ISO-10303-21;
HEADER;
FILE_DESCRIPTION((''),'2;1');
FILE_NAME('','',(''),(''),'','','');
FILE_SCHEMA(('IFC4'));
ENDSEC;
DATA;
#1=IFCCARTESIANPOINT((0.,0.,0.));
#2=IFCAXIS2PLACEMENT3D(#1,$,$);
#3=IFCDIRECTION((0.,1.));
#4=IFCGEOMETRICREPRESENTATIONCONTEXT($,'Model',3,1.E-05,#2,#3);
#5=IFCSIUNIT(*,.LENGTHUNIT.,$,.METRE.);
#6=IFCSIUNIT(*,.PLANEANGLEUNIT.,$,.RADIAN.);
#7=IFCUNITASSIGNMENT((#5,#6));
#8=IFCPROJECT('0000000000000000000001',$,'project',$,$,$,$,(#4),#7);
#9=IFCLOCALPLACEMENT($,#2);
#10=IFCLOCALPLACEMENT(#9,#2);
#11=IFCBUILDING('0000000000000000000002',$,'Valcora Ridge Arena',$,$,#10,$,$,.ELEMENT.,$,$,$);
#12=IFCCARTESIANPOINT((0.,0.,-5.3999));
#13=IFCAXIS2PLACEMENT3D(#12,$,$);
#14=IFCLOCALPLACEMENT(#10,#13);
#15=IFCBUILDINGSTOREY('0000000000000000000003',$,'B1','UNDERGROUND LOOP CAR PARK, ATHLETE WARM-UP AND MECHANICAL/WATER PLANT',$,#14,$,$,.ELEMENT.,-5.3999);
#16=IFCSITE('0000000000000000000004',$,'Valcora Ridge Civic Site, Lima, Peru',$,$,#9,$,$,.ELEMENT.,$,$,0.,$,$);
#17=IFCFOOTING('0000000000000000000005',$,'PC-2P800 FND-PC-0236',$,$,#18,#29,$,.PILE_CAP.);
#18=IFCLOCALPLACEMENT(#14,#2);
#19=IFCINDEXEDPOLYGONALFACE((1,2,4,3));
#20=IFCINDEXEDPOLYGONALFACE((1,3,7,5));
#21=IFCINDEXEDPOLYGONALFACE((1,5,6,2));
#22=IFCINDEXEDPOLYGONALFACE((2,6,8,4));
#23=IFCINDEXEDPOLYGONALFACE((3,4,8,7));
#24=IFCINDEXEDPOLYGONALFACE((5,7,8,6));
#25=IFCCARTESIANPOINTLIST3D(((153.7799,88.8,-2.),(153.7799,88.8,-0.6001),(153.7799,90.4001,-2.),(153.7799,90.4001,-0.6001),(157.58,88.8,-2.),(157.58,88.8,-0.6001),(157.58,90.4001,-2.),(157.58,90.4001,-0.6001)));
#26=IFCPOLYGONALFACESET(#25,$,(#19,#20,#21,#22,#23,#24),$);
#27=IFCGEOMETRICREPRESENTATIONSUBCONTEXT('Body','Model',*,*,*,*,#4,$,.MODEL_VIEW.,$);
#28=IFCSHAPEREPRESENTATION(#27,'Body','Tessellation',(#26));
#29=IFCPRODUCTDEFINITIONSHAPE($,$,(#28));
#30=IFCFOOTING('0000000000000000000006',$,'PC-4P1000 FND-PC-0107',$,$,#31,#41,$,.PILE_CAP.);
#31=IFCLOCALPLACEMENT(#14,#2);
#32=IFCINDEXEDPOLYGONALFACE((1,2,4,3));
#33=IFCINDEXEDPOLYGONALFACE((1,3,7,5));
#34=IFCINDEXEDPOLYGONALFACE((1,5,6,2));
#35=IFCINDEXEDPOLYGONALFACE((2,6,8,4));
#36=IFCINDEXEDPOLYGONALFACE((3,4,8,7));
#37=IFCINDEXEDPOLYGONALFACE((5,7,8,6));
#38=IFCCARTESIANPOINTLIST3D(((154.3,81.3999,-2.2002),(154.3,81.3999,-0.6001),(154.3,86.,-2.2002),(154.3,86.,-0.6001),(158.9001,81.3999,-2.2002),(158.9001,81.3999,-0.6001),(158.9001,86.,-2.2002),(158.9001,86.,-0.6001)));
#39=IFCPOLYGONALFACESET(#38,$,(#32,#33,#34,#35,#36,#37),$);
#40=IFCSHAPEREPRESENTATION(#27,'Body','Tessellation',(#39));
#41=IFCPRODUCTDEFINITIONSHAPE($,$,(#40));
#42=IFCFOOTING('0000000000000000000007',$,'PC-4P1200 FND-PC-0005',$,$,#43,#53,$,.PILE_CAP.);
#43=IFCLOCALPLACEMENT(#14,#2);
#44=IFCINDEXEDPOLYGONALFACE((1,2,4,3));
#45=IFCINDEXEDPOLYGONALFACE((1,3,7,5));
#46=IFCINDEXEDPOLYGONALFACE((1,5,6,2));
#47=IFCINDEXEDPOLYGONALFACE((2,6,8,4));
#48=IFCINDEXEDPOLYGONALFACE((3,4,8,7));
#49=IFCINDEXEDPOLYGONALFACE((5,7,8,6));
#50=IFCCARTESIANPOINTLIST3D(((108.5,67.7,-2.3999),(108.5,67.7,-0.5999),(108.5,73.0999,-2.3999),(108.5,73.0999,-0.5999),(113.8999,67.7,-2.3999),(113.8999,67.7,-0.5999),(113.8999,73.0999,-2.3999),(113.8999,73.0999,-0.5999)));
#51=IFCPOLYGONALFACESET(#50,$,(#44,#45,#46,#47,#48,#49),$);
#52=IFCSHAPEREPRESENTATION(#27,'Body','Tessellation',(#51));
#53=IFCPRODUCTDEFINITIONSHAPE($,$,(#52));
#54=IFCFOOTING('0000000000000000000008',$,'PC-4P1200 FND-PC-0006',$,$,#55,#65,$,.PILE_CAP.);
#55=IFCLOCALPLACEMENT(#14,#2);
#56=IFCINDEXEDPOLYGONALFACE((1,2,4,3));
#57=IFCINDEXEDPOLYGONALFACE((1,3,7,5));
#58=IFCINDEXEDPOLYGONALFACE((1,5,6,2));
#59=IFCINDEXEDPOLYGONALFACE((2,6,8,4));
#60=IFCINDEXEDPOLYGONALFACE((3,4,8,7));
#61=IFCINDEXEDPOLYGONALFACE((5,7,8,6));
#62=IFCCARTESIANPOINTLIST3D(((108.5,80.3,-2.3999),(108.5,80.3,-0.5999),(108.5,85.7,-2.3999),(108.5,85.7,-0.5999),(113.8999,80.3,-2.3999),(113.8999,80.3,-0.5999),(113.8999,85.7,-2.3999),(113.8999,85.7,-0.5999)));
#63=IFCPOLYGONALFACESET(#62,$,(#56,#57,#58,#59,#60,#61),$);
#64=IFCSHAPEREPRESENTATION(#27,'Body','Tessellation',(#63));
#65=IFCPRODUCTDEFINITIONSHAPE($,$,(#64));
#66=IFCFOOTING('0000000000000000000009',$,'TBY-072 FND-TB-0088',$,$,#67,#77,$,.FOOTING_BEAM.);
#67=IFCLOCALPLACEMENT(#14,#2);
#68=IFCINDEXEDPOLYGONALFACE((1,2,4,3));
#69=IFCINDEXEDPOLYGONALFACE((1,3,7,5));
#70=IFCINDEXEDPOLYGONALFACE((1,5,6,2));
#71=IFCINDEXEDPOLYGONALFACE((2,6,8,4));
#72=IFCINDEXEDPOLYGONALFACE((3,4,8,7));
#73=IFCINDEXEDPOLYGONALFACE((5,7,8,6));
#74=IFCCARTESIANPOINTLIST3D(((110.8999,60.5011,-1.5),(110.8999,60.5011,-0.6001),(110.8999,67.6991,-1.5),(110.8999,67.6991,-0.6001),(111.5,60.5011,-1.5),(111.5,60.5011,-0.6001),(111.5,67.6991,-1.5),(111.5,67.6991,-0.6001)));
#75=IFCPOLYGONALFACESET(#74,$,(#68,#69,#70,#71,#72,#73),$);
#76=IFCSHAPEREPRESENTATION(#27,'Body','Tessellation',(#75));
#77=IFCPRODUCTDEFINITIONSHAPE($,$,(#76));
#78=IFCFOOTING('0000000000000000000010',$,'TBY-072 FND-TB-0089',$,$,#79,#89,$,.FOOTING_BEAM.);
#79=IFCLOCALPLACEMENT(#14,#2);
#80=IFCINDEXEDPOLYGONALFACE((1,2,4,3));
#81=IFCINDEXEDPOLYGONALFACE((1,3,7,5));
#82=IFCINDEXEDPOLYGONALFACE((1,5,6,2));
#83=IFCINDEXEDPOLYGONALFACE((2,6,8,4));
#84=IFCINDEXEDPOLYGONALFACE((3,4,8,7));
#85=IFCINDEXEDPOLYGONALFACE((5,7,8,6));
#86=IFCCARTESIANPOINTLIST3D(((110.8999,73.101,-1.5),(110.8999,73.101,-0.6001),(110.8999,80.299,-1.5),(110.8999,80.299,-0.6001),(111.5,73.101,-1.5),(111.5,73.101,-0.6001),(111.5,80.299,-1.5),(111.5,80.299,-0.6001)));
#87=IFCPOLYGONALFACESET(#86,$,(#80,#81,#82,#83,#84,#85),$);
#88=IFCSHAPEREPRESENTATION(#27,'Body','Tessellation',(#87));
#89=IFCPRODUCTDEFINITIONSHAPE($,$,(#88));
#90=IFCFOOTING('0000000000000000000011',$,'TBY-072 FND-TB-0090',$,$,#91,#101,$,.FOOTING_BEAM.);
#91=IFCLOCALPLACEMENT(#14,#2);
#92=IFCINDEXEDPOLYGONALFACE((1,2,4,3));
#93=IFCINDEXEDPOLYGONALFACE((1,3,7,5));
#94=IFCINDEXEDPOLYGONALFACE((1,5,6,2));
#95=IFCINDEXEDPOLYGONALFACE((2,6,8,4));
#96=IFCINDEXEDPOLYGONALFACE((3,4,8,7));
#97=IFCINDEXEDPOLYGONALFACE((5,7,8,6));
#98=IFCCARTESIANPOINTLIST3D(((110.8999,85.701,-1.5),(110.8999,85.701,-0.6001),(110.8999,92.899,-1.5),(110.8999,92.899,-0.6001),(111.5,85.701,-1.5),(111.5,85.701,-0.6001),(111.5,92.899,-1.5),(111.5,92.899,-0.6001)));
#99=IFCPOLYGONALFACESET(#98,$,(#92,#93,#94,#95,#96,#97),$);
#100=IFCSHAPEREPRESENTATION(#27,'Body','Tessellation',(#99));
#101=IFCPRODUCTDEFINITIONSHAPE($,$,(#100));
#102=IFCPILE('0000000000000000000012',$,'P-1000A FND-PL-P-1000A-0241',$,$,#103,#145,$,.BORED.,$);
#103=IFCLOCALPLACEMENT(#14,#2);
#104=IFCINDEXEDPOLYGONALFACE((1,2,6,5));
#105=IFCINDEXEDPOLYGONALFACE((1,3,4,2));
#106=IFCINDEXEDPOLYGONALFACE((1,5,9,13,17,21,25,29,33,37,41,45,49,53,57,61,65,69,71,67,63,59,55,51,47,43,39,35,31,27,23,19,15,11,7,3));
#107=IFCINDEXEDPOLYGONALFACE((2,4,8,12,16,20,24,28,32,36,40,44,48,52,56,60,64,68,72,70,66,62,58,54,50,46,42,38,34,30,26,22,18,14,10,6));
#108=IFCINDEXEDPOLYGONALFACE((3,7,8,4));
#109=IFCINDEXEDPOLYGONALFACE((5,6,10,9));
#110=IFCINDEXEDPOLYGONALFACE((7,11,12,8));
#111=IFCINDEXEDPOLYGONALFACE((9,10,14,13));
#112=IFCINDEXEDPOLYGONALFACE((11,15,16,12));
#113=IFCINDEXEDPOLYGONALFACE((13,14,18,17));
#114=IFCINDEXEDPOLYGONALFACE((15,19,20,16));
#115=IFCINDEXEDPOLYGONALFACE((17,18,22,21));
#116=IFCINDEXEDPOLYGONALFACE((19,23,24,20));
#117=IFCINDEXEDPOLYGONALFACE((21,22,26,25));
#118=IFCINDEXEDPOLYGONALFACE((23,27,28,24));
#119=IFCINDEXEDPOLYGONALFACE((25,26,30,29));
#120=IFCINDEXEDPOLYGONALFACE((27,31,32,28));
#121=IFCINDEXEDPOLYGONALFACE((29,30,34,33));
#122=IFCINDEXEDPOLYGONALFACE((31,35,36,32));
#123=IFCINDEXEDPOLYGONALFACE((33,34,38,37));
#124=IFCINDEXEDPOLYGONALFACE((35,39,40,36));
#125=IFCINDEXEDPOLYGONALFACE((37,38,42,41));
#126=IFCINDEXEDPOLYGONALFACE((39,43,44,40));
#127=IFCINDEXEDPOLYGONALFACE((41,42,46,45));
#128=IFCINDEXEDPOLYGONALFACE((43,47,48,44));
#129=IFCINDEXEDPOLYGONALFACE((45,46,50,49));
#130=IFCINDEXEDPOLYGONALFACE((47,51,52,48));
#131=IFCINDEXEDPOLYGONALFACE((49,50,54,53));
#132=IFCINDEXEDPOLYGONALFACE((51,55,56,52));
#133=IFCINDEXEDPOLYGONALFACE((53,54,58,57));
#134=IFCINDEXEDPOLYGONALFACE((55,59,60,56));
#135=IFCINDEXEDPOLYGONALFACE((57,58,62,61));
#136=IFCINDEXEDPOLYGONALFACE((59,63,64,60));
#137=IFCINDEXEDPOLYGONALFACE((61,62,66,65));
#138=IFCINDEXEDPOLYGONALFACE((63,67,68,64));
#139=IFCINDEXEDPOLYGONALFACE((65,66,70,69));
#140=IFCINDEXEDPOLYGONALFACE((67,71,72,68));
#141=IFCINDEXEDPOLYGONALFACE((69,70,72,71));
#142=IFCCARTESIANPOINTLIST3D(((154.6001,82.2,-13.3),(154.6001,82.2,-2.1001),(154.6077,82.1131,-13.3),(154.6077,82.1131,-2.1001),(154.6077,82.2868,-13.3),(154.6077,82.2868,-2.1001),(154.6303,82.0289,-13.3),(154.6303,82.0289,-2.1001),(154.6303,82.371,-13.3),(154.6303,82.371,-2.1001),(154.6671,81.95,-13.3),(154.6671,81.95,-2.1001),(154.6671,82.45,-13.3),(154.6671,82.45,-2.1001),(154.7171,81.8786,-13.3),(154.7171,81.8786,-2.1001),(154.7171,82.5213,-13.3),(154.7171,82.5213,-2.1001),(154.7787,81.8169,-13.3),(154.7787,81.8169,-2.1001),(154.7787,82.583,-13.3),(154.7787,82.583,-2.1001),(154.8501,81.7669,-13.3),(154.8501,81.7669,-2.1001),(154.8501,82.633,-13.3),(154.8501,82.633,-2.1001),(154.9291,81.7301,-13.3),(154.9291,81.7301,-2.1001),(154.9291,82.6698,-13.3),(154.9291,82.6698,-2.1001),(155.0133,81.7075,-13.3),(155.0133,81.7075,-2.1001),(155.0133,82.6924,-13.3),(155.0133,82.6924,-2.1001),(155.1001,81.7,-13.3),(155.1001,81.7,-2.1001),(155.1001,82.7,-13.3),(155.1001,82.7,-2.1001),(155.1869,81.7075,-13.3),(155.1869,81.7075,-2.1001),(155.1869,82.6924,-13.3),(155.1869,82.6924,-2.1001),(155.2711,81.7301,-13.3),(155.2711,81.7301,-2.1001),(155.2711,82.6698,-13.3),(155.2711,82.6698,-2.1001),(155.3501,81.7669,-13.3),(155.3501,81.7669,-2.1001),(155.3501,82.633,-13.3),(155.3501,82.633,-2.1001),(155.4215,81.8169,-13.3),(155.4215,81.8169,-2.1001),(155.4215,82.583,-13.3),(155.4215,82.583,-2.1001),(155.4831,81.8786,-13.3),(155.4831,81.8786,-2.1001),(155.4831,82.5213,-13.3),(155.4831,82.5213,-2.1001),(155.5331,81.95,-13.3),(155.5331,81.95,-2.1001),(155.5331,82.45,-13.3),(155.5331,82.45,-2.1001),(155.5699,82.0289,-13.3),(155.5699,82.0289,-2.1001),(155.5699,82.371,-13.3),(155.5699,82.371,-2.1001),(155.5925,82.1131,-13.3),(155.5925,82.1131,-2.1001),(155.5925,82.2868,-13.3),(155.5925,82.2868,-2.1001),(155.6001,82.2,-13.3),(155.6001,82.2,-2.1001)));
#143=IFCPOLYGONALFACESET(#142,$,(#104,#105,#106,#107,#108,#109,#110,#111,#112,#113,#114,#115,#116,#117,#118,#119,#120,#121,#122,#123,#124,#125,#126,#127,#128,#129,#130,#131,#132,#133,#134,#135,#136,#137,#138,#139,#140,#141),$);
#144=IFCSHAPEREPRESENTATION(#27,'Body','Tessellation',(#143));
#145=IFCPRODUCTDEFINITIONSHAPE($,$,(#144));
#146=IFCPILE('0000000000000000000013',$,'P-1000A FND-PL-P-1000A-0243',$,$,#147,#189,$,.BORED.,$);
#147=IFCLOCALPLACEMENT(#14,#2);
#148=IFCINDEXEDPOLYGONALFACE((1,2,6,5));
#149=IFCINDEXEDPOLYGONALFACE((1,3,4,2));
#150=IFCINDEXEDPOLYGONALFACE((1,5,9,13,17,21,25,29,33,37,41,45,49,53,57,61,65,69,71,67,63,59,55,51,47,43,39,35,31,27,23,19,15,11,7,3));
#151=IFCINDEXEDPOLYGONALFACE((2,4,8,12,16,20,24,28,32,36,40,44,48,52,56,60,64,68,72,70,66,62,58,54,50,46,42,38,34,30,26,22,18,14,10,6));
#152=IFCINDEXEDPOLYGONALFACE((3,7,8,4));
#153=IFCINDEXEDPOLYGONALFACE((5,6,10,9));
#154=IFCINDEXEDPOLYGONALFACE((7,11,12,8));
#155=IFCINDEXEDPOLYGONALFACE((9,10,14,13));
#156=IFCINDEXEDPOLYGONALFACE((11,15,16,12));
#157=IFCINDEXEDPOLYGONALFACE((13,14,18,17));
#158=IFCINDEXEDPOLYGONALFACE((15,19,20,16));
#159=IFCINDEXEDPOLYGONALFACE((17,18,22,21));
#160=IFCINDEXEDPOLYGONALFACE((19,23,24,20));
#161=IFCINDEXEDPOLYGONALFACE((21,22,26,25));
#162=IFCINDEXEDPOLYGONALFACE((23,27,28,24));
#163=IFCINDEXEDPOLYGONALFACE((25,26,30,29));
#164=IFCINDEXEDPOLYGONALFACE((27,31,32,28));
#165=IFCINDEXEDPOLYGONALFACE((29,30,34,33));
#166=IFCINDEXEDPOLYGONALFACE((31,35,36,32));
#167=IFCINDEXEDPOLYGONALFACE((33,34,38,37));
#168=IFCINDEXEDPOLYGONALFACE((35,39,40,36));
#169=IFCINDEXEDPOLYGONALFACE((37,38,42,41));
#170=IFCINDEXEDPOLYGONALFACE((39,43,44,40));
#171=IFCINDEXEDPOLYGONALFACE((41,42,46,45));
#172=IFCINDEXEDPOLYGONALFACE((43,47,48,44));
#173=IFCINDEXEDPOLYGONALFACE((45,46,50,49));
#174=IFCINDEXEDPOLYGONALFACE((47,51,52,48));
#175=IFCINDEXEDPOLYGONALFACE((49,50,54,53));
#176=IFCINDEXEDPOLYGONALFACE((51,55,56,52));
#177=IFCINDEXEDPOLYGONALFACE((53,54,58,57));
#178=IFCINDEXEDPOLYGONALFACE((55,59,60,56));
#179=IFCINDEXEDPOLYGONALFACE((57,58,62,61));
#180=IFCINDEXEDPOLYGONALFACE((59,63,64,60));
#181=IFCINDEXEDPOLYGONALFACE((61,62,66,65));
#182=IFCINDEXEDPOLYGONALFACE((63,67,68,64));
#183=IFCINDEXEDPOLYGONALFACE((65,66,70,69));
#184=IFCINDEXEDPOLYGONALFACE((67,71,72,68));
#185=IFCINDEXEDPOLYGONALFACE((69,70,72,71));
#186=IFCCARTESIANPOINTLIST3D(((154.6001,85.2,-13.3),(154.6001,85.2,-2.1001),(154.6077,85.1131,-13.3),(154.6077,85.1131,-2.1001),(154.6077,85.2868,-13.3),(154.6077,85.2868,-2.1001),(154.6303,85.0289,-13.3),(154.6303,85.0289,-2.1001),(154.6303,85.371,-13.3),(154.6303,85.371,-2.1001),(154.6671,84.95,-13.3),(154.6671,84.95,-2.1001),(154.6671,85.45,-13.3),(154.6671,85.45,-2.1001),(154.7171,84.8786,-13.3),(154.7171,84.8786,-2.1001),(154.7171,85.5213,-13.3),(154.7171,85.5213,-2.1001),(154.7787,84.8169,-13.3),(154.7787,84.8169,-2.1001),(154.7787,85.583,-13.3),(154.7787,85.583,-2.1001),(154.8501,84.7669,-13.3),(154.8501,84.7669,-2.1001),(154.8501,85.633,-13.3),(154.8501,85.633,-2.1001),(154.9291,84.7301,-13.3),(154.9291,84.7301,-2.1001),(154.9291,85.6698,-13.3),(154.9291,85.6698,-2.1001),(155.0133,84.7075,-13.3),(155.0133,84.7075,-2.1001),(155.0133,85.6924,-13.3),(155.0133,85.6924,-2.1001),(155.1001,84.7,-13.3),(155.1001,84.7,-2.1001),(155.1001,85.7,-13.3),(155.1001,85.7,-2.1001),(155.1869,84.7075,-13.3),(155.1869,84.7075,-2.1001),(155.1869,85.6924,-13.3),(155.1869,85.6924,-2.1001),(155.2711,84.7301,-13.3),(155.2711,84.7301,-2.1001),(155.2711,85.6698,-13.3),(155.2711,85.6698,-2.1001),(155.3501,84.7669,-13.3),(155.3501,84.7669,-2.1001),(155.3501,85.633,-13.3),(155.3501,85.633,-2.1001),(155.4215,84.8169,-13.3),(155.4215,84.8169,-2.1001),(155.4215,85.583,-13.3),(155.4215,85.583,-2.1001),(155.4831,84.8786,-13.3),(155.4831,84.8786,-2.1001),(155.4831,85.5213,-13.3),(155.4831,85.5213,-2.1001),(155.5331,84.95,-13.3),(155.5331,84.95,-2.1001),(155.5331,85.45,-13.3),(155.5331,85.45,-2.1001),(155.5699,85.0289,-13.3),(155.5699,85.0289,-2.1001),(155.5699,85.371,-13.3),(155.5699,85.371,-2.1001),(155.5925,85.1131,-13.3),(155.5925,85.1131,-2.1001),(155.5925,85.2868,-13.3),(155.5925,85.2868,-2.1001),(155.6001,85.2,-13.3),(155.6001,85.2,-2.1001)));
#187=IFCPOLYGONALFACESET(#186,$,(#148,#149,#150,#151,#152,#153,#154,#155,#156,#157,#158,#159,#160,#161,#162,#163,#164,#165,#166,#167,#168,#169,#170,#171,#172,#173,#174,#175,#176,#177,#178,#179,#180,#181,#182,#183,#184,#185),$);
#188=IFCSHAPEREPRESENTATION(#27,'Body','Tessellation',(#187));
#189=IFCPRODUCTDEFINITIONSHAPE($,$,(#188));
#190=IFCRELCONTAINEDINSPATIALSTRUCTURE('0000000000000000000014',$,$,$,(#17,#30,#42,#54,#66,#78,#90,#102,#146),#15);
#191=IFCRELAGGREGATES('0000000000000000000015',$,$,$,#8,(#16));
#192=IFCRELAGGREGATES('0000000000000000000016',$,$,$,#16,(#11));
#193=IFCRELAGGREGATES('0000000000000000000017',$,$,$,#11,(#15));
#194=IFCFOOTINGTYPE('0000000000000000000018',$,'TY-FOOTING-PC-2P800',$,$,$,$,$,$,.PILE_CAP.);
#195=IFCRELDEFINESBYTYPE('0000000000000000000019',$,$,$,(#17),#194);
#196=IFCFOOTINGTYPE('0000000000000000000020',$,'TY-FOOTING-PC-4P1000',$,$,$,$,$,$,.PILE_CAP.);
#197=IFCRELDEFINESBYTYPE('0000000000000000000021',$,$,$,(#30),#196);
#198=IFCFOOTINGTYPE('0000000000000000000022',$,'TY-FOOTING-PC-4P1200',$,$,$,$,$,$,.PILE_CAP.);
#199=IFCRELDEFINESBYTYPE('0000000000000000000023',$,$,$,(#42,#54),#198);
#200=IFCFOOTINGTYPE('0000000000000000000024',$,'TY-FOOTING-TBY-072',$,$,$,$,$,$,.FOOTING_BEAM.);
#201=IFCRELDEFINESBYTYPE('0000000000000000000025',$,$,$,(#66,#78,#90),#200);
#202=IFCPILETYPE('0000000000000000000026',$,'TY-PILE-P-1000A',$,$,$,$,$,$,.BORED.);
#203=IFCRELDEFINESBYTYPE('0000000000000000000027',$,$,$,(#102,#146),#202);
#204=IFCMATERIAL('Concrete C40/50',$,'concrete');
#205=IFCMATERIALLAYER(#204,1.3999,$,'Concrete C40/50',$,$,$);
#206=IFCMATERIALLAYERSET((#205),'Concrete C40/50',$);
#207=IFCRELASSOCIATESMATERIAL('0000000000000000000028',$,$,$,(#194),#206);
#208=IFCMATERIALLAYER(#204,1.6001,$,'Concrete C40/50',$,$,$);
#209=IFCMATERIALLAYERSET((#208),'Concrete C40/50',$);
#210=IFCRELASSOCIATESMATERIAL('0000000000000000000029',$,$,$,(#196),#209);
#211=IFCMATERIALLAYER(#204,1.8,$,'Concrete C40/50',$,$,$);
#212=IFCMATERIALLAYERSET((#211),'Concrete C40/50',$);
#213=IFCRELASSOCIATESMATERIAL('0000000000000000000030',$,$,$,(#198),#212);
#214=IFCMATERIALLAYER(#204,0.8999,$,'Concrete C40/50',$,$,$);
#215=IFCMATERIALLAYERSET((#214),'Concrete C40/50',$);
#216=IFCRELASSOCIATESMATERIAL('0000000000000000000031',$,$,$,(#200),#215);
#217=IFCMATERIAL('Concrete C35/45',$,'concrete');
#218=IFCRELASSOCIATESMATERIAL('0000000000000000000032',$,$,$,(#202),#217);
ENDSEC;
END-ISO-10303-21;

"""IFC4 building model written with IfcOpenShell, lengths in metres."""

from ifc_helpers import new_model, si_unit, direction, frame, origin, origin_2d, place, context, subcontext, project, spatial, rectangle, circle, extrude, material, layer, layer_set, material_profile, profile_set, type_object, element, save


model = new_model("IFC4")

# Units and contexts
model_context = context("Model", 3, precision=1e-05, world=origin(), true_north=direction((0.0, 1.0)))
body_context = subcontext(model_context, "Body", "Model", "MODEL_VIEW")
ifc_project = project(units=[si_unit("LENGTHUNIT", "METRE"), si_unit("PLANEANGLEUNIT", "RADIAN")], contexts=[model_context])

# Site, building, storey
site_placement = place(None, origin())
site = spatial("IfcSite", under=ifc_project, at=site_placement, Name="Valcora Ridge Civic Site, Lima, Peru", CompositionType="ELEMENT", RefElevation=0.0)
building_placement = place(site_placement, origin())
building = spatial("IfcBuilding", under=site, at=building_placement, Name="Valcora Ridge Arena", CompositionType="ELEMENT")
storey_placement = place(building_placement, frame((0.0, 0.0, -5.3999)))
storey = spatial("IfcBuildingStorey", under=building, at=storey_placement, Name="B1", Description="UNDERGROUND LOOP CAR PARK, ATHLETE WARM-UP AND MECHANICAL/WATER PLANT", CompositionType="ELEMENT", Elevation=-5.3999)

# Footings
ifc_material_1 = material(Name="Concrete C40/50", Category="concrete")
ifc_layer_1 = layer(ifc_material_1, 1.3999, Name="Concrete C40/50")
ifc_layer_set_1 = layer_set([ifc_layer_1], Name="Concrete C40/50")
footing_type_1 = type_object("IfcFootingType", Name="TY-FOOTING-PC-2P800", PredefinedType="PILE_CAP", material=ifc_layer_set_1)
footing_1_placement = place(storey_placement, frame((155.6799, 89.6001, -2.0), z_axis=(0.0, 0.0, 1.0), x_axis=(1.0, 0.0, 0.0)))
element("IfcFooting", 1, at=footing_1_placement, inside=storey, type_object=footing_type_1, Name="PC-2P800 FND-PC-0236", PredefinedType="PILE_CAP", context=body_context, shape_type="SweptSolid", body=[
    extrude(rectangle(XDim=3.8, YDim=1.6001, at=origin_2d()), origin(), (0.0, 0.0, 1.0), 1.3999),
])
ifc_layer_2 = layer(ifc_material_1, 1.6001, Name="Concrete C40/50")
ifc_layer_set_2 = layer_set([ifc_layer_2], Name="Concrete C40/50")
footing_type_2 = type_object("IfcFootingType", Name="TY-FOOTING-PC-4P1000", PredefinedType="PILE_CAP", material=ifc_layer_set_2)
footing_2_placement = place(storey_placement, frame((156.6001, 83.7, -2.2002), z_axis=(0.0, 0.0, 1.0), x_axis=(1.0, 0.0, 0.0)))
element("IfcFooting", 2, at=footing_2_placement, inside=storey, type_object=footing_type_2, Name="PC-4P1000 FND-PC-0107", PredefinedType="PILE_CAP", context=body_context, shape_type="SweptSolid", body=[
    extrude(rectangle(XDim=4.6001, YDim=4.6001, at=origin_2d()), origin(), (0.0, 0.0, 1.0), 1.6001),
])
ifc_layer_3 = layer(ifc_material_1, 1.8, Name="Concrete C40/50")
ifc_layer_set_3 = layer_set([ifc_layer_3], Name="Concrete C40/50")
footing_type_3 = type_object("IfcFootingType", Name="TY-FOOTING-PC-4P1200", PredefinedType="PILE_CAP", material=ifc_layer_set_3)
for number, where, z_axis, x_axis, name in (
    (3, (111.2, 70.3999, -2.3999), (0.0, 0.0, 1.0), (1.0, 0.0, 0.0), "PC-4P1200 FND-PC-0005"),
    (4, (111.2, 83.0, -2.3999), (0.0, 0.0, 1.0), (1.0, 0.0, 0.0), "PC-4P1200 FND-PC-0006"),
):
    element("IfcFooting", number, at=place(storey_placement, frame(where, z_axis=z_axis, x_axis=x_axis)), inside=storey, type_object=footing_type_3, Name=name, PredefinedType="PILE_CAP", context=body_context, shape_type="SweptSolid", body=[
        extrude(rectangle(XDim=5.3999, YDim=5.3999, at=origin_2d()), origin(), (0.0, 0.0, 1.0), 1.8),
    ])
ifc_layer_4 = layer(ifc_material_1, 0.8999, Name="Concrete C40/50")
ifc_layer_set_4 = layer_set([ifc_layer_4], Name="Concrete C40/50")
footing_type_4 = type_object("IfcFootingType", Name="TY-FOOTING-TBY-072", PredefinedType="FOOTING_BEAM", material=ifc_layer_set_4)
for number, where, z_axis, x_axis, name in (
    (5, (111.2, 64.1001, -1.5), (0.0, 0.0, 1.0), (1.0, 0.0, 0.0), "TBY-072 FND-TB-0088"),
    (6, (111.2, 76.7, -1.5), (0.0, 0.0, 1.0), (1.0, 0.0, 0.0), "TBY-072 FND-TB-0089"),
    (7, (111.2, 89.3, -1.5), (0.0, 0.0, 1.0), (1.0, 0.0, 0.0), "TBY-072 FND-TB-0090"),
):
    element("IfcFooting", number, at=place(storey_placement, frame(where, z_axis=z_axis, x_axis=x_axis)), inside=storey, type_object=footing_type_4, Name=name, PredefinedType="FOOTING_BEAM", context=body_context, shape_type="SweptSolid", body=[
        extrude(rectangle(XDim=0.6001, YDim=7.198, at=origin_2d()), origin(), (0.0, 0.0, 1.0), 0.8999),
    ])

# Piles
ifc_material_2 = material(Name="Concrete C35/45", Category="concrete")
ifc_material_profile_1 = material_profile(ifc_material_2, circle(Radius=0.5, at=origin_2d()), Name="BORED PILE D1000")
ifc_profile_set_1 = profile_set([ifc_material_profile_1], Name="Concrete C35/45")
pile_type_1 = type_object("IfcPileType", Name="TY-PILE-P-1000A", PredefinedType="BORED", material=ifc_profile_set_1)
for number, where, z_axis, x_axis, name in (
    (8, (155.1001, 82.2, -2.1001), (0.0, 0.0, -1.0), (1.0, 0.0, 0.0), "P-1000A FND-PL-P-1000A-0241"),
    (9, (155.1001, 85.2, -2.1001), (0.0, 0.0, -1.0), (1.0, 0.0, 0.0), "P-1000A FND-PL-P-1000A-0243"),
):
    element("IfcPile", number, at=place(storey_placement, frame(where, z_axis=z_axis, x_axis=x_axis)), inside=storey, type_object=pile_type_1, Name=name, PredefinedType="BORED", context=body_context, shape_type="SweptSolid", body=[
        extrude(circle(Radius=0.5, at=origin_2d()), origin(), (0.0, 0.0, 1.0), 11.2),
    ])

save(model, "model.ifc")
